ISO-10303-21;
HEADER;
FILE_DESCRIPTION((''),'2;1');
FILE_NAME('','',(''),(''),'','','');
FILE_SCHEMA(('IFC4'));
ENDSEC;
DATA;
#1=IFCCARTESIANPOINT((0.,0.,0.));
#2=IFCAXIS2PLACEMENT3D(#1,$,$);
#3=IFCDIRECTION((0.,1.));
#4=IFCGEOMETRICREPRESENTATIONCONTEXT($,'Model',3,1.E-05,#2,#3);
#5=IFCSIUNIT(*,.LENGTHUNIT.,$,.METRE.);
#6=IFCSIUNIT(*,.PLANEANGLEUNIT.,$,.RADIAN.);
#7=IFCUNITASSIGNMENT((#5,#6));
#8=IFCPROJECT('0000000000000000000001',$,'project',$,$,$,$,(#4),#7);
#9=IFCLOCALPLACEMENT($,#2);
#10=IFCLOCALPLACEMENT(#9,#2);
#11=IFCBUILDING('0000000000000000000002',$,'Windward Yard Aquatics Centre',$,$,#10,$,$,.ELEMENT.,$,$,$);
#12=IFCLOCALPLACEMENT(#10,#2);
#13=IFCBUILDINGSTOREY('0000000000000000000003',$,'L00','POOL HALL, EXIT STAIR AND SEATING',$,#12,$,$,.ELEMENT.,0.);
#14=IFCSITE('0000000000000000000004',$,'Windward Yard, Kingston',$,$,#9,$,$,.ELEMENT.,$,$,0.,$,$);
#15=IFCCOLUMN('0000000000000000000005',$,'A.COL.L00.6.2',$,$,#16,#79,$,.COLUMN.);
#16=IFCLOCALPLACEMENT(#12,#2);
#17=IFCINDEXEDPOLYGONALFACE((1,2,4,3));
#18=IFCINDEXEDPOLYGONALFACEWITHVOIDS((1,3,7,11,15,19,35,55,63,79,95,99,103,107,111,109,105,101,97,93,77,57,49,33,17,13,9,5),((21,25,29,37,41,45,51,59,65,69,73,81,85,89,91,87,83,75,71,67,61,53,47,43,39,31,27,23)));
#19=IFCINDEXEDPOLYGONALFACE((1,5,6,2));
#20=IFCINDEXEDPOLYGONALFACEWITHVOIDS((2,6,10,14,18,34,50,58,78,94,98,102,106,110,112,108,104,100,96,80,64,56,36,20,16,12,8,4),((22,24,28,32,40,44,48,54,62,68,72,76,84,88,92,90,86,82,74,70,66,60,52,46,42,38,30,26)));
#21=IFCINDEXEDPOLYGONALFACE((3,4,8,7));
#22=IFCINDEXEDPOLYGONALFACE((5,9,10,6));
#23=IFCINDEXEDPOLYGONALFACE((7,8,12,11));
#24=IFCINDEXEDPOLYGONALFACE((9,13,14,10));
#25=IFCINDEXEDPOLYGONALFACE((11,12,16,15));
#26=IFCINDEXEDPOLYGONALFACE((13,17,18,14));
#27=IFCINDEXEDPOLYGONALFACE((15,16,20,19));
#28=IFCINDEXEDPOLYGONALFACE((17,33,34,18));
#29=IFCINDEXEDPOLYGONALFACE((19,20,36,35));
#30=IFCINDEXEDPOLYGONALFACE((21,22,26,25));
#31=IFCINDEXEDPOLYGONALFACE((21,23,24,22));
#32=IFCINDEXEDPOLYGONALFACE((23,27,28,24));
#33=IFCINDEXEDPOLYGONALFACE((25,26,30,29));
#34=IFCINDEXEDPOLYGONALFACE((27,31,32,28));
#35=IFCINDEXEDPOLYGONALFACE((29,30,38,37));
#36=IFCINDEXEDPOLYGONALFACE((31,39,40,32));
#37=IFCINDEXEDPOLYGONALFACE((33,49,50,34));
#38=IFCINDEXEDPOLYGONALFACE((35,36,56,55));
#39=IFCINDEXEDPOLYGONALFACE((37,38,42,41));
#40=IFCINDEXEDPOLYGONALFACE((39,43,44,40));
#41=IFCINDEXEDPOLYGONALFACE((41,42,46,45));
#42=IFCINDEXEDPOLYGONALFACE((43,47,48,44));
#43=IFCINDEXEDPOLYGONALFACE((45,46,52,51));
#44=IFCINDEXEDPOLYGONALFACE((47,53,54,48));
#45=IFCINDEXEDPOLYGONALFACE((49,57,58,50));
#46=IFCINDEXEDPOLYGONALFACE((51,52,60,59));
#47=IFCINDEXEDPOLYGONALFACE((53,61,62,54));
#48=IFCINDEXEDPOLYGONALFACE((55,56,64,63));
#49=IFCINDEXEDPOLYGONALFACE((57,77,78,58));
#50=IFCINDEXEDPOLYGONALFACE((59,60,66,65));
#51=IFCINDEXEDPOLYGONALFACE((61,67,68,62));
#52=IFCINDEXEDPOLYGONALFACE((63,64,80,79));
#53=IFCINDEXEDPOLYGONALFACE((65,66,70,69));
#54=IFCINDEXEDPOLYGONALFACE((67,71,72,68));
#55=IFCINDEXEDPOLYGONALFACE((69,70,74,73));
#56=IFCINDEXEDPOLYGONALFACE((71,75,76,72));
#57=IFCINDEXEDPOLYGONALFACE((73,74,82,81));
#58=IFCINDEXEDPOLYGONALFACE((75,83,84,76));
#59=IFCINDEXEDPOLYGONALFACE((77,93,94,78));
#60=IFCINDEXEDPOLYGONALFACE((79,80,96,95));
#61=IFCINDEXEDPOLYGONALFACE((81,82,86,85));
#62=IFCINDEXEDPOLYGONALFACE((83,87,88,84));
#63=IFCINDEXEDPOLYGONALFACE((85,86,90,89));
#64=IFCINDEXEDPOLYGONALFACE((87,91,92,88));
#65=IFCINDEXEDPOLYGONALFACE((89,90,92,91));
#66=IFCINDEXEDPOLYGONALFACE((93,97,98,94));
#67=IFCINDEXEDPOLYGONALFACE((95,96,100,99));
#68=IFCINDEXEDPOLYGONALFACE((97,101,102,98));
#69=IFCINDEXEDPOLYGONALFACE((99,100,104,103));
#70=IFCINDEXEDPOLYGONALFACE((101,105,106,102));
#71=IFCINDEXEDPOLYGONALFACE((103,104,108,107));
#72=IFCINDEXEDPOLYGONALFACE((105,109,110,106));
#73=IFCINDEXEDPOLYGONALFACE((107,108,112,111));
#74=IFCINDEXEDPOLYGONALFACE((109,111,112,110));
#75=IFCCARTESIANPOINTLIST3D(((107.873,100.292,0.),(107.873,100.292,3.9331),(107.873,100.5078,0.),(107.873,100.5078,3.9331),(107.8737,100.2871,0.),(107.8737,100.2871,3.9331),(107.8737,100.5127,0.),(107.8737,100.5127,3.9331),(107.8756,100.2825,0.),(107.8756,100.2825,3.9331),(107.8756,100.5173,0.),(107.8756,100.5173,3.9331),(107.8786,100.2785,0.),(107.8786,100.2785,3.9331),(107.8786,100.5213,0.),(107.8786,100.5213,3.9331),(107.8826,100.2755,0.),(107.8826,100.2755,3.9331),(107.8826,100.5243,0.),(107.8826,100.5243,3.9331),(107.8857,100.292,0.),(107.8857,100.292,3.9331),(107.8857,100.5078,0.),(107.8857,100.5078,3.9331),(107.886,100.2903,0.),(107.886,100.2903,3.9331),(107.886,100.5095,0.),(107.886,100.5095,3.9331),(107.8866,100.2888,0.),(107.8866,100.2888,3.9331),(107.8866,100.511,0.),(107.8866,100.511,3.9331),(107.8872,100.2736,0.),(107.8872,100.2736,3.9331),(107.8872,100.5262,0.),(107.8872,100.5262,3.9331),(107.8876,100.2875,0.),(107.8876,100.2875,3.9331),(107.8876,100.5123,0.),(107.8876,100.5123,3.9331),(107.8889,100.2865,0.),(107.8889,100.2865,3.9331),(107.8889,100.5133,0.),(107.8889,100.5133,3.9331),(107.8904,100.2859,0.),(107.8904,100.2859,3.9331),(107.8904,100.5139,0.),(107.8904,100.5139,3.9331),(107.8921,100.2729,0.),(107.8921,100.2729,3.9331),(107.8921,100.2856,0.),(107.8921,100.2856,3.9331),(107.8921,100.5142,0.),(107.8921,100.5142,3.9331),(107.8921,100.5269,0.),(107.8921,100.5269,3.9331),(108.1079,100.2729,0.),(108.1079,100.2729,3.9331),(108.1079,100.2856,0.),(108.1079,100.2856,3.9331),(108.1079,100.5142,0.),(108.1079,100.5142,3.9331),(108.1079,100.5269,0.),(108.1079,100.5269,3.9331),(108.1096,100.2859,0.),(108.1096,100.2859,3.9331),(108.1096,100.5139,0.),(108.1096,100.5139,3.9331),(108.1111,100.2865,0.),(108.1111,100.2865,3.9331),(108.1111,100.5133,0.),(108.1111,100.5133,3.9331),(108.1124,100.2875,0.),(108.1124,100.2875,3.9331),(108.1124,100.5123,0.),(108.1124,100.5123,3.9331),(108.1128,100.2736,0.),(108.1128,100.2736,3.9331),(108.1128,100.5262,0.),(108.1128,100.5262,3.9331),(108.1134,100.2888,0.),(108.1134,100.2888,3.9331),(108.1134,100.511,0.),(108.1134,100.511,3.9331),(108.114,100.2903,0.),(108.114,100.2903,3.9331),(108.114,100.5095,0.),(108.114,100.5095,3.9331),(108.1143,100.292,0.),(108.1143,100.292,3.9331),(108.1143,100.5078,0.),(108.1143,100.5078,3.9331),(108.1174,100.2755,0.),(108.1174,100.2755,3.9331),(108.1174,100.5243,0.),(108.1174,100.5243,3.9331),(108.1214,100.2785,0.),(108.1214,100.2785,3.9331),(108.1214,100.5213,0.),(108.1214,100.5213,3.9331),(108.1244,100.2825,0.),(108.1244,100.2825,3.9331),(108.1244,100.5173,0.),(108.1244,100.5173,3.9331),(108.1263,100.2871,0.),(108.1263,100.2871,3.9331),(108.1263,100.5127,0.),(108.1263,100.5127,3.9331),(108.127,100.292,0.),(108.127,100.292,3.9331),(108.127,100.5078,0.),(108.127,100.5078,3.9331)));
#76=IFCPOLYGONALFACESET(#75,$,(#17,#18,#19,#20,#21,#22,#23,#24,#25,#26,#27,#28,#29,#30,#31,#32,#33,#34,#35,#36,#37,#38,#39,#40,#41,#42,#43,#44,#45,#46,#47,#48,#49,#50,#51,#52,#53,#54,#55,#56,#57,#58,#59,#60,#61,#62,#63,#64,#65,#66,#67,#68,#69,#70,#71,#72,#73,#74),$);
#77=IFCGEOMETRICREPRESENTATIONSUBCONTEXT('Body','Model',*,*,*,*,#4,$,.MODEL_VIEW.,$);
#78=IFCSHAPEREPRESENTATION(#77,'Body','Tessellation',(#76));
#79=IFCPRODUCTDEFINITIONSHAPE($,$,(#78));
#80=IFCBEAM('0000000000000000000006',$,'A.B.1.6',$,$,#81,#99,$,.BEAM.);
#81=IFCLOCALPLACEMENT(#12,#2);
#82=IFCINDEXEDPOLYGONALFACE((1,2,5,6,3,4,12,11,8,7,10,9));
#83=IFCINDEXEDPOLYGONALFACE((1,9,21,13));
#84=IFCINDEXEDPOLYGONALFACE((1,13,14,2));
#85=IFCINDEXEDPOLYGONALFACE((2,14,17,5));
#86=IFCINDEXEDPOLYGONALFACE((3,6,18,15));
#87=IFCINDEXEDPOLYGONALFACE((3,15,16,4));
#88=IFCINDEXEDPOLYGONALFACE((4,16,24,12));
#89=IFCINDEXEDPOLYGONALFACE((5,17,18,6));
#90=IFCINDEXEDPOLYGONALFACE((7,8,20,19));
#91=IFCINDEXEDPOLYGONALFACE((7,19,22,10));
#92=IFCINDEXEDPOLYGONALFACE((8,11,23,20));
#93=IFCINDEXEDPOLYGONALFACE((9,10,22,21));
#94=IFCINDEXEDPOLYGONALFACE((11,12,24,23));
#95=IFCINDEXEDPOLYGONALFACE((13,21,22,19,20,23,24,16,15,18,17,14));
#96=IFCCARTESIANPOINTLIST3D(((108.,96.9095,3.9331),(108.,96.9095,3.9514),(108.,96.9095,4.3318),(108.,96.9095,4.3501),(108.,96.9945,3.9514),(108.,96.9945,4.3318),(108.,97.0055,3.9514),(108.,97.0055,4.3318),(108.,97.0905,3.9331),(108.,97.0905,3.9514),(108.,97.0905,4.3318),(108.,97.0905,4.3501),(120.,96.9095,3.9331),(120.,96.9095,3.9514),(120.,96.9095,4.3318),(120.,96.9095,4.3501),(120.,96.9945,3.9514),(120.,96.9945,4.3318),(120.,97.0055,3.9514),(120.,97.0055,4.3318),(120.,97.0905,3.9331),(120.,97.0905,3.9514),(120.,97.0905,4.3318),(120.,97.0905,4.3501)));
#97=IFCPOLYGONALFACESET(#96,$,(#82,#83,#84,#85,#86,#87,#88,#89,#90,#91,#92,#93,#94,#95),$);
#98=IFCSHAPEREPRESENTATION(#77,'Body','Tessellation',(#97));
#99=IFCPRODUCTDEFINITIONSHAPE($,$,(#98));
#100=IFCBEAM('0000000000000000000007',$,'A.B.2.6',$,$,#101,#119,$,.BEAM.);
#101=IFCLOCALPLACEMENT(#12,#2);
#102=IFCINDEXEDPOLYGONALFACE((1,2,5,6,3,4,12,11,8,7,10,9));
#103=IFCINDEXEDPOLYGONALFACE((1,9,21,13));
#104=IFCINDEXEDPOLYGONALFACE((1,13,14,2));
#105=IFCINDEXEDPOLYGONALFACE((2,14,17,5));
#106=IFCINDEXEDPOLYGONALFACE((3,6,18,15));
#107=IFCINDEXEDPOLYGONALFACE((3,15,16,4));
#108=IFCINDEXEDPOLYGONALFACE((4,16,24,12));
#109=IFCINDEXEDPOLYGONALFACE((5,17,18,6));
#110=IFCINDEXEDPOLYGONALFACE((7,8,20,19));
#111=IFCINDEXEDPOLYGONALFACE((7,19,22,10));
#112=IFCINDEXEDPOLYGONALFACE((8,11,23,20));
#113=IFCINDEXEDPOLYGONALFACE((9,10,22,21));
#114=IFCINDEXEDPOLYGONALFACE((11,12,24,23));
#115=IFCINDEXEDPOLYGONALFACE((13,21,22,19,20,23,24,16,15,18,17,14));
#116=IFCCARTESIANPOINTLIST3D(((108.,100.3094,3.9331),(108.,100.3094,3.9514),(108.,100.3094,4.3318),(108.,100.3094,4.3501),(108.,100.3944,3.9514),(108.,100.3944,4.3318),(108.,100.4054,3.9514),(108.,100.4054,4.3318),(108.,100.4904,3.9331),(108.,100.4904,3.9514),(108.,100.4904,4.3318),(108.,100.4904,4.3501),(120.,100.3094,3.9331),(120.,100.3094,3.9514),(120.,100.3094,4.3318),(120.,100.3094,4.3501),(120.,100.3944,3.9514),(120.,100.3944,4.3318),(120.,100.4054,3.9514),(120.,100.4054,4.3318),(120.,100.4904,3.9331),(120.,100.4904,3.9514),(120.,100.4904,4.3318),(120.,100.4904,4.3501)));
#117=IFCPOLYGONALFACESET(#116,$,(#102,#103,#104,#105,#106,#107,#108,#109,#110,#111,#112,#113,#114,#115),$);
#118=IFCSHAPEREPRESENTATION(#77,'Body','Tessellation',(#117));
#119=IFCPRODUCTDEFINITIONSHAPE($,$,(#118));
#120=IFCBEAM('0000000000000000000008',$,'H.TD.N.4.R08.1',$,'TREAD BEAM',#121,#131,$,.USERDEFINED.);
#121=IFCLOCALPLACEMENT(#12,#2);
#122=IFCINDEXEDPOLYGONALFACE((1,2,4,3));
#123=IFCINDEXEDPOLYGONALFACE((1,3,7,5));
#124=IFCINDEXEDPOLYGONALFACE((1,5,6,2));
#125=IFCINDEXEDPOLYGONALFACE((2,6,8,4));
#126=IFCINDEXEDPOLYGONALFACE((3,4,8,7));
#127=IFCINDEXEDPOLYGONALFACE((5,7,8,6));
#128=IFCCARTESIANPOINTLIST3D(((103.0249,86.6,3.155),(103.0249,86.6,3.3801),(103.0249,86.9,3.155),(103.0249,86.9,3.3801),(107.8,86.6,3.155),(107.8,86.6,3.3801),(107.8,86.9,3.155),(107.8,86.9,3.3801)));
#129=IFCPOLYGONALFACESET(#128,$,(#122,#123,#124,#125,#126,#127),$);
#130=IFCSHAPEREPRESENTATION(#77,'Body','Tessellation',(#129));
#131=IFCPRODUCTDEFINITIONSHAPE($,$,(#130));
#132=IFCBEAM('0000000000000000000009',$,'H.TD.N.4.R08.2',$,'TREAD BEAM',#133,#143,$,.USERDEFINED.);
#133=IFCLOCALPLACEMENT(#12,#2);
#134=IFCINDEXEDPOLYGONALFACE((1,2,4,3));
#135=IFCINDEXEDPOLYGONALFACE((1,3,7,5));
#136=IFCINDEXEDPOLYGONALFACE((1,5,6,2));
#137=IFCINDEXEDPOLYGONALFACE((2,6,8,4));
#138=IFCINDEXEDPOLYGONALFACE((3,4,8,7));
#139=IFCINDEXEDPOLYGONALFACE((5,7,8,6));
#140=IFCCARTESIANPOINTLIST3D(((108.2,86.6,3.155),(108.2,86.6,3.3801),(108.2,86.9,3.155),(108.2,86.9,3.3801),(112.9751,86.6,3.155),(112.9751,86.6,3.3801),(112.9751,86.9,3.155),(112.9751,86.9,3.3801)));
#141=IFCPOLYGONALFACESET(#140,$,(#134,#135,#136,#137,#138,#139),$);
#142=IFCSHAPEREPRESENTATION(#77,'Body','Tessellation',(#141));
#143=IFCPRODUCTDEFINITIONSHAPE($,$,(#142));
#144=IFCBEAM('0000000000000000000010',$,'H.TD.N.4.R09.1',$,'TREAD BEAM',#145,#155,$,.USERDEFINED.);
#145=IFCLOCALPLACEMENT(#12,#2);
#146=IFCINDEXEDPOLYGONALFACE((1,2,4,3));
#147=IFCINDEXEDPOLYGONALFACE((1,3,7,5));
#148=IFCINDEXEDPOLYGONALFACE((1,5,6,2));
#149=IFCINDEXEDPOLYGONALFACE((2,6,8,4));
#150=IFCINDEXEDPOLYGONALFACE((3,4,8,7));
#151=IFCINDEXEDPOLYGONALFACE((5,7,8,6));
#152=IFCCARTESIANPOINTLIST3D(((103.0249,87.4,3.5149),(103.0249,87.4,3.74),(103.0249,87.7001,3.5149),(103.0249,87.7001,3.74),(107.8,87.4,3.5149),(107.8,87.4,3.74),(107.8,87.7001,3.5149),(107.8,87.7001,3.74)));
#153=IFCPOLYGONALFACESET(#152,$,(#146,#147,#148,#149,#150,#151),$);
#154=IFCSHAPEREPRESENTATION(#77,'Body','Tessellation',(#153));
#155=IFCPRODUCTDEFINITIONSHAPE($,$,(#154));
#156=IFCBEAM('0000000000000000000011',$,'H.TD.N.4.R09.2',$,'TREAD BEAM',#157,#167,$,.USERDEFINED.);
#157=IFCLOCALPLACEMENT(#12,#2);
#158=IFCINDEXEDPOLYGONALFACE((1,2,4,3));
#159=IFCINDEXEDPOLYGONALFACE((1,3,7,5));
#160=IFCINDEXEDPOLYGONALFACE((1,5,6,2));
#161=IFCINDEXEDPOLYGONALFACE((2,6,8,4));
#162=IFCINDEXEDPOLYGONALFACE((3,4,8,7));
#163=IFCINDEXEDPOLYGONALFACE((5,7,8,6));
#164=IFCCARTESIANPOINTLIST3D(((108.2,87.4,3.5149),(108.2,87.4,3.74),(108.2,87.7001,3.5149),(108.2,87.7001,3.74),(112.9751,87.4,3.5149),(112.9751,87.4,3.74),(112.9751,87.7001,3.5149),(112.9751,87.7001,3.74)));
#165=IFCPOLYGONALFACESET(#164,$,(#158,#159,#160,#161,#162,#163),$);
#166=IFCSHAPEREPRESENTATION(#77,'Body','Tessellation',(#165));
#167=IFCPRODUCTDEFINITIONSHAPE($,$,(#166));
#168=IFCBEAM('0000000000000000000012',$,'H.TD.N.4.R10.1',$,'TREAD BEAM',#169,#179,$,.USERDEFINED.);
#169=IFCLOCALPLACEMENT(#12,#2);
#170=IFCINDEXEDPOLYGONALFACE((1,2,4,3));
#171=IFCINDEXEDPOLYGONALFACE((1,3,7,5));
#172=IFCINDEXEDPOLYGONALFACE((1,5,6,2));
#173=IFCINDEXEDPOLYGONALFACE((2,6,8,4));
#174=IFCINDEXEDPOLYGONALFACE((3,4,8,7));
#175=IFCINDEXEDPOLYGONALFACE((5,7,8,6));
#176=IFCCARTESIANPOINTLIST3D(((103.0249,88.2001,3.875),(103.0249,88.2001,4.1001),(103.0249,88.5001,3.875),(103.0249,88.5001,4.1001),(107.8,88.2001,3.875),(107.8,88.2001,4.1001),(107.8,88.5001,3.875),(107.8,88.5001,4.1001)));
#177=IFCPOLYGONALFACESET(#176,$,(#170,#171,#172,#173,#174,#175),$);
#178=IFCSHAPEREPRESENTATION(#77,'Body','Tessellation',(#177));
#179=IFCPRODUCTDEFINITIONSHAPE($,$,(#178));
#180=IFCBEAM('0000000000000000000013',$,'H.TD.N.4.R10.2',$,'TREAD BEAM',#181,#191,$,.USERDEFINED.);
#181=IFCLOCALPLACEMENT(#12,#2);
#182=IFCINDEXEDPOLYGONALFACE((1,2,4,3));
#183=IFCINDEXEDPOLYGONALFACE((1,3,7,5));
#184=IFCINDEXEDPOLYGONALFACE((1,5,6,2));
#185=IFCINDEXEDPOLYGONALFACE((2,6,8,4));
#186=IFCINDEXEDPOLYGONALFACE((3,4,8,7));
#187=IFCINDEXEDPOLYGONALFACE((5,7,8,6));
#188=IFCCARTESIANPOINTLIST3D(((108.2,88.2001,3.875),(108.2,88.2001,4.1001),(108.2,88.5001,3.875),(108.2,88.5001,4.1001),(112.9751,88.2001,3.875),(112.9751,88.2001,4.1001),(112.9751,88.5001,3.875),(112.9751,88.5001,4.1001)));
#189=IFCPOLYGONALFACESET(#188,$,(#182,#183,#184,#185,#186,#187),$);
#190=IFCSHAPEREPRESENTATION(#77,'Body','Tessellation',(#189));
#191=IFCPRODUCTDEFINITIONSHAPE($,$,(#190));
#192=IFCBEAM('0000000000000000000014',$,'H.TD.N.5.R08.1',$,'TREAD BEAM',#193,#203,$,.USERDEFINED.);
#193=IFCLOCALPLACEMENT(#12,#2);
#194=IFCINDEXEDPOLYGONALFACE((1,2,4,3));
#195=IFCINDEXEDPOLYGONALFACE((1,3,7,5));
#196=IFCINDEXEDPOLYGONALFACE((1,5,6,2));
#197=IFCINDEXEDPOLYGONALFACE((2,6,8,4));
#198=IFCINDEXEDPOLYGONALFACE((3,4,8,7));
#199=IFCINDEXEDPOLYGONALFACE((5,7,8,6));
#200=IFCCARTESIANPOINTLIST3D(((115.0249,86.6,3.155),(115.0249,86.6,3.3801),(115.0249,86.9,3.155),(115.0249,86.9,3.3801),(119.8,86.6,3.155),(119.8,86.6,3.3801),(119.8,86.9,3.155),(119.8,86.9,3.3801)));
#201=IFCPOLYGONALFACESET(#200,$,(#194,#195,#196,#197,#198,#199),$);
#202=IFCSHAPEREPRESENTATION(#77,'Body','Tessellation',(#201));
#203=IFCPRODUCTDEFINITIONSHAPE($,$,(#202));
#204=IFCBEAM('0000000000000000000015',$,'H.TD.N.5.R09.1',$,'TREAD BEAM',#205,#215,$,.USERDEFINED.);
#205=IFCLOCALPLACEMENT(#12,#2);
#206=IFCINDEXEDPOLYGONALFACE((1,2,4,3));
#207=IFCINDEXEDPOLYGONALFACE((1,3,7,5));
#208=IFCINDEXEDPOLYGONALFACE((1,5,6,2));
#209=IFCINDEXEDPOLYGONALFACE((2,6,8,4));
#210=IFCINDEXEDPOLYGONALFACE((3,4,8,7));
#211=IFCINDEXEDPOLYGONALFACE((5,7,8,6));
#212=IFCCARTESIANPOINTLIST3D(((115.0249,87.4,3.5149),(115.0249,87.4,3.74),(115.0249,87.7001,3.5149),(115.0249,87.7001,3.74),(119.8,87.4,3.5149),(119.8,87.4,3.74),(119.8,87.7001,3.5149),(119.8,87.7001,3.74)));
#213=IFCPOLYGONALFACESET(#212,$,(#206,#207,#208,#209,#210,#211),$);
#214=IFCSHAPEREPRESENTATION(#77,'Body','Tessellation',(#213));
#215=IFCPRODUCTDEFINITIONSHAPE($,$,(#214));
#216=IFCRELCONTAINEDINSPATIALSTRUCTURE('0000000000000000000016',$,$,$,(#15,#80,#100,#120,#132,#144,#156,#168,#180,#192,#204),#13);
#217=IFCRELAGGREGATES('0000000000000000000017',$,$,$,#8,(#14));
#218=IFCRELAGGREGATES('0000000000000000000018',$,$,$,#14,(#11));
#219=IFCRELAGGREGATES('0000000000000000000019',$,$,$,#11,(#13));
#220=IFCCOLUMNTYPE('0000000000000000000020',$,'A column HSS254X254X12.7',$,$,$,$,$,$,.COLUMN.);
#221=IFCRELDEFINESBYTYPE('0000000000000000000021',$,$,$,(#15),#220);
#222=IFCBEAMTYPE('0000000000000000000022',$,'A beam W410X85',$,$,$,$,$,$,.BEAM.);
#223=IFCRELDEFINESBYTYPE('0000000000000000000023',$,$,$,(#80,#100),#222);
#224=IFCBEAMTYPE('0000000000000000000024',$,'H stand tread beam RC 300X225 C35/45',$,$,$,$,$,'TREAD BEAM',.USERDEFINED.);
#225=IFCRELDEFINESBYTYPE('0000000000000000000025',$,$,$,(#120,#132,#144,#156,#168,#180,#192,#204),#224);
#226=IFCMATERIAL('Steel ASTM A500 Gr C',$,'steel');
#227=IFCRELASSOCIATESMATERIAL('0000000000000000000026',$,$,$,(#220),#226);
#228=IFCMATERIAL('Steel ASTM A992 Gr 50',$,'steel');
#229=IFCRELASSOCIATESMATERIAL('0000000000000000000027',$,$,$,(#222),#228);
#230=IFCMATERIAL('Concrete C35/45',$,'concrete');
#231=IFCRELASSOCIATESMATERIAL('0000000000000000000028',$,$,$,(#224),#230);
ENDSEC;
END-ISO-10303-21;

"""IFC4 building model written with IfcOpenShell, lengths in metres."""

from ifc_helpers import new_model, si_unit, direction, frame, origin, origin_2d, place, context, subcontext, project, spatial, rectangle, hollow_rectangle, i_section, extrude, material, material_profile, profile_set, type_object, element, save


model = new_model("IFC4")

# Units and contexts
model_context = context("Model", 3, precision=1e-05, world=origin(), true_north=direction((0.0, 1.0)))
body_context = subcontext(model_context, "Body", "Model", "MODEL_VIEW")
ifc_project = project(units=[si_unit("LENGTHUNIT", "METRE"), si_unit("PLANEANGLEUNIT", "RADIAN")], contexts=[model_context])

# Site, building, storey
site_placement = place(None, origin())
site = spatial("IfcSite", under=ifc_project, at=site_placement, Name="Windward Yard, Kingston", CompositionType="ELEMENT", RefElevation=0.0)
building_placement = place(site_placement, origin())
building = spatial("IfcBuilding", under=site, at=building_placement, Name="Windward Yard Aquatics Centre", CompositionType="ELEMENT")
storey_placement = place(building_placement, origin())
storey = spatial("IfcBuildingStorey", under=building, at=storey_placement, Name="L00", Description="POOL HALL, EXIT STAIR AND SEATING", CompositionType="ELEMENT", Elevation=0.0)

# Shared definitions
ifc_material_1 = material(Name="Concrete C35/45", Category="concrete")

# Column
ifc_material_2 = material(Name="Steel ASTM A500 Gr C", Category="steel")
ifc_material_profile_1 = material_profile(ifc_material_2, hollow_rectangle(XDim=0.2539, YDim=0.2539, WallThickness=0.0127, InnerFilletRadius=0.0063, OuterFilletRadius=0.019, at=origin_2d()), Name="HSS254X254X12.7")
ifc_profile_set_1 = profile_set([ifc_material_profile_1], Name="Steel ASTM A500 Gr C")
column_type = type_object("IfcColumnType", Name="A column HSS254X254X12.7", PredefinedType="COLUMN", material=ifc_profile_set_1)
for number, where, z_axis, x_axis, name in (
    (1, (108.0, 100.3999, 0.0), (0.0, 0.0, 1.0), (1.0, 0.0, 0.0), "A.COL.L00.6.2"),
):
    element("IfcColumn", number, at=place(storey_placement, frame(where, z_axis=z_axis, x_axis=x_axis)), inside=storey, type_object=column_type, Name=name, PredefinedType="COLUMN", context=body_context, shape_type="SweptSolid", body=[
        extrude(hollow_rectangle(XDim=0.2539, YDim=0.2539, WallThickness=0.0127, InnerFilletRadius=0.0063, OuterFilletRadius=0.019, at=origin_2d()), origin(), (0.0, 0.0, 1.0), 3.9331),
    ])

# Beams
ifc_material_3 = material(Name="Steel ASTM A992 Gr 50", Category="steel")
ifc_material_profile_2 = material_profile(ifc_material_3, i_section(OverallWidth=0.1809, OverallDepth=0.417, WebThickness=0.011, FlangeThickness=0.0183, at=origin_2d()), Name="W410X85")
ifc_profile_set_2 = profile_set([ifc_material_profile_2], Name="Steel ASTM A992 Gr 50")
beam_type_1 = type_object("IfcBeamType", Name="A beam W410X85", PredefinedType="BEAM", material=ifc_profile_set_2)
for number, where, z_axis, x_axis, name in (
    (2, (108.0, 97.0, 4.1416), (1.0, 0.0, 0.0), (0.0, 1.0, 0.0), "A.B.1.6"),
    (3, (108.0, 100.3999, 4.1416), (1.0, 0.0, 0.0), (0.0, 1.0, 0.0), "A.B.2.6"),
):
    element("IfcBeam", number, at=place(storey_placement, frame(where, z_axis=z_axis, x_axis=x_axis)), inside=storey, type_object=beam_type_1, Name=name, PredefinedType="BEAM", context=body_context, shape_type="SweptSolid", body=[
        extrude(i_section(OverallWidth=0.1809, OverallDepth=0.417, WebThickness=0.011, FlangeThickness=0.0183, at=origin_2d()), origin(), (0.0, 0.0, 1.0), 12.0),
    ])
ifc_material_profile_3 = material_profile(ifc_material_1, rectangle(XDim=0.3, YDim=0.2251, at=origin_2d()), Name="RC 300X225")
ifc_profile_set_3 = profile_set([ifc_material_profile_3], Name="Concrete C35/45")
beam_type_2 = type_object("IfcBeamType", Name="H stand tread beam RC 300X225 C35/45", ElementType="TREAD BEAM", PredefinedType="USERDEFINED", material=ifc_profile_set_3)
for number, where, z_axis, x_axis, name in (
    (4, (103.0249, 86.75, 3.2676), (1.0, 0.0, 0.0), (0.0, 1.0, 0.0), "H.TD.N.4.R08.1"),
    (5, (108.2, 86.75, 3.2676), (1.0, 0.0, 0.0), (0.0, 1.0, 0.0), "H.TD.N.4.R08.2"),
    (6, (103.0249, 87.55, 3.6274), (1.0, 0.0, 0.0), (0.0, 1.0, 0.0), "H.TD.N.4.R09.1"),
    (7, (108.2, 87.55, 3.6274), (1.0, 0.0, 0.0), (0.0, 1.0, 0.0), "H.TD.N.4.R09.2"),
    (8, (103.0249, 88.3501, 3.9875), (1.0, 0.0, 0.0), (0.0, 1.0, 0.0), "H.TD.N.4.R10.1"),
    (9, (108.2, 88.3501, 3.9875), (1.0, 0.0, 0.0), (0.0, 1.0, 0.0), "H.TD.N.4.R10.2"),
    (10, (115.0249, 86.75, 3.2676), (1.0, 0.0, 0.0), (0.0, 1.0, 0.0), "H.TD.N.5.R08.1"),
    (11, (115.0249, 87.55, 3.6274), (1.0, 0.0, 0.0), (0.0, 1.0, 0.0), "H.TD.N.5.R09.1"),
):
    element("IfcBeam", number, at=place(storey_placement, frame(where, z_axis=z_axis, x_axis=x_axis)), inside=storey, type_object=beam_type_2, Name=name, ObjectType="TREAD BEAM", PredefinedType="USERDEFINED", context=body_context, shape_type="SweptSolid", body=[
        extrude(rectangle(XDim=0.3, YDim=0.2251, at=origin_2d()), origin(), (0.0, 0.0, 1.0), 4.7751),
    ])

save(model, "model.ifc")
